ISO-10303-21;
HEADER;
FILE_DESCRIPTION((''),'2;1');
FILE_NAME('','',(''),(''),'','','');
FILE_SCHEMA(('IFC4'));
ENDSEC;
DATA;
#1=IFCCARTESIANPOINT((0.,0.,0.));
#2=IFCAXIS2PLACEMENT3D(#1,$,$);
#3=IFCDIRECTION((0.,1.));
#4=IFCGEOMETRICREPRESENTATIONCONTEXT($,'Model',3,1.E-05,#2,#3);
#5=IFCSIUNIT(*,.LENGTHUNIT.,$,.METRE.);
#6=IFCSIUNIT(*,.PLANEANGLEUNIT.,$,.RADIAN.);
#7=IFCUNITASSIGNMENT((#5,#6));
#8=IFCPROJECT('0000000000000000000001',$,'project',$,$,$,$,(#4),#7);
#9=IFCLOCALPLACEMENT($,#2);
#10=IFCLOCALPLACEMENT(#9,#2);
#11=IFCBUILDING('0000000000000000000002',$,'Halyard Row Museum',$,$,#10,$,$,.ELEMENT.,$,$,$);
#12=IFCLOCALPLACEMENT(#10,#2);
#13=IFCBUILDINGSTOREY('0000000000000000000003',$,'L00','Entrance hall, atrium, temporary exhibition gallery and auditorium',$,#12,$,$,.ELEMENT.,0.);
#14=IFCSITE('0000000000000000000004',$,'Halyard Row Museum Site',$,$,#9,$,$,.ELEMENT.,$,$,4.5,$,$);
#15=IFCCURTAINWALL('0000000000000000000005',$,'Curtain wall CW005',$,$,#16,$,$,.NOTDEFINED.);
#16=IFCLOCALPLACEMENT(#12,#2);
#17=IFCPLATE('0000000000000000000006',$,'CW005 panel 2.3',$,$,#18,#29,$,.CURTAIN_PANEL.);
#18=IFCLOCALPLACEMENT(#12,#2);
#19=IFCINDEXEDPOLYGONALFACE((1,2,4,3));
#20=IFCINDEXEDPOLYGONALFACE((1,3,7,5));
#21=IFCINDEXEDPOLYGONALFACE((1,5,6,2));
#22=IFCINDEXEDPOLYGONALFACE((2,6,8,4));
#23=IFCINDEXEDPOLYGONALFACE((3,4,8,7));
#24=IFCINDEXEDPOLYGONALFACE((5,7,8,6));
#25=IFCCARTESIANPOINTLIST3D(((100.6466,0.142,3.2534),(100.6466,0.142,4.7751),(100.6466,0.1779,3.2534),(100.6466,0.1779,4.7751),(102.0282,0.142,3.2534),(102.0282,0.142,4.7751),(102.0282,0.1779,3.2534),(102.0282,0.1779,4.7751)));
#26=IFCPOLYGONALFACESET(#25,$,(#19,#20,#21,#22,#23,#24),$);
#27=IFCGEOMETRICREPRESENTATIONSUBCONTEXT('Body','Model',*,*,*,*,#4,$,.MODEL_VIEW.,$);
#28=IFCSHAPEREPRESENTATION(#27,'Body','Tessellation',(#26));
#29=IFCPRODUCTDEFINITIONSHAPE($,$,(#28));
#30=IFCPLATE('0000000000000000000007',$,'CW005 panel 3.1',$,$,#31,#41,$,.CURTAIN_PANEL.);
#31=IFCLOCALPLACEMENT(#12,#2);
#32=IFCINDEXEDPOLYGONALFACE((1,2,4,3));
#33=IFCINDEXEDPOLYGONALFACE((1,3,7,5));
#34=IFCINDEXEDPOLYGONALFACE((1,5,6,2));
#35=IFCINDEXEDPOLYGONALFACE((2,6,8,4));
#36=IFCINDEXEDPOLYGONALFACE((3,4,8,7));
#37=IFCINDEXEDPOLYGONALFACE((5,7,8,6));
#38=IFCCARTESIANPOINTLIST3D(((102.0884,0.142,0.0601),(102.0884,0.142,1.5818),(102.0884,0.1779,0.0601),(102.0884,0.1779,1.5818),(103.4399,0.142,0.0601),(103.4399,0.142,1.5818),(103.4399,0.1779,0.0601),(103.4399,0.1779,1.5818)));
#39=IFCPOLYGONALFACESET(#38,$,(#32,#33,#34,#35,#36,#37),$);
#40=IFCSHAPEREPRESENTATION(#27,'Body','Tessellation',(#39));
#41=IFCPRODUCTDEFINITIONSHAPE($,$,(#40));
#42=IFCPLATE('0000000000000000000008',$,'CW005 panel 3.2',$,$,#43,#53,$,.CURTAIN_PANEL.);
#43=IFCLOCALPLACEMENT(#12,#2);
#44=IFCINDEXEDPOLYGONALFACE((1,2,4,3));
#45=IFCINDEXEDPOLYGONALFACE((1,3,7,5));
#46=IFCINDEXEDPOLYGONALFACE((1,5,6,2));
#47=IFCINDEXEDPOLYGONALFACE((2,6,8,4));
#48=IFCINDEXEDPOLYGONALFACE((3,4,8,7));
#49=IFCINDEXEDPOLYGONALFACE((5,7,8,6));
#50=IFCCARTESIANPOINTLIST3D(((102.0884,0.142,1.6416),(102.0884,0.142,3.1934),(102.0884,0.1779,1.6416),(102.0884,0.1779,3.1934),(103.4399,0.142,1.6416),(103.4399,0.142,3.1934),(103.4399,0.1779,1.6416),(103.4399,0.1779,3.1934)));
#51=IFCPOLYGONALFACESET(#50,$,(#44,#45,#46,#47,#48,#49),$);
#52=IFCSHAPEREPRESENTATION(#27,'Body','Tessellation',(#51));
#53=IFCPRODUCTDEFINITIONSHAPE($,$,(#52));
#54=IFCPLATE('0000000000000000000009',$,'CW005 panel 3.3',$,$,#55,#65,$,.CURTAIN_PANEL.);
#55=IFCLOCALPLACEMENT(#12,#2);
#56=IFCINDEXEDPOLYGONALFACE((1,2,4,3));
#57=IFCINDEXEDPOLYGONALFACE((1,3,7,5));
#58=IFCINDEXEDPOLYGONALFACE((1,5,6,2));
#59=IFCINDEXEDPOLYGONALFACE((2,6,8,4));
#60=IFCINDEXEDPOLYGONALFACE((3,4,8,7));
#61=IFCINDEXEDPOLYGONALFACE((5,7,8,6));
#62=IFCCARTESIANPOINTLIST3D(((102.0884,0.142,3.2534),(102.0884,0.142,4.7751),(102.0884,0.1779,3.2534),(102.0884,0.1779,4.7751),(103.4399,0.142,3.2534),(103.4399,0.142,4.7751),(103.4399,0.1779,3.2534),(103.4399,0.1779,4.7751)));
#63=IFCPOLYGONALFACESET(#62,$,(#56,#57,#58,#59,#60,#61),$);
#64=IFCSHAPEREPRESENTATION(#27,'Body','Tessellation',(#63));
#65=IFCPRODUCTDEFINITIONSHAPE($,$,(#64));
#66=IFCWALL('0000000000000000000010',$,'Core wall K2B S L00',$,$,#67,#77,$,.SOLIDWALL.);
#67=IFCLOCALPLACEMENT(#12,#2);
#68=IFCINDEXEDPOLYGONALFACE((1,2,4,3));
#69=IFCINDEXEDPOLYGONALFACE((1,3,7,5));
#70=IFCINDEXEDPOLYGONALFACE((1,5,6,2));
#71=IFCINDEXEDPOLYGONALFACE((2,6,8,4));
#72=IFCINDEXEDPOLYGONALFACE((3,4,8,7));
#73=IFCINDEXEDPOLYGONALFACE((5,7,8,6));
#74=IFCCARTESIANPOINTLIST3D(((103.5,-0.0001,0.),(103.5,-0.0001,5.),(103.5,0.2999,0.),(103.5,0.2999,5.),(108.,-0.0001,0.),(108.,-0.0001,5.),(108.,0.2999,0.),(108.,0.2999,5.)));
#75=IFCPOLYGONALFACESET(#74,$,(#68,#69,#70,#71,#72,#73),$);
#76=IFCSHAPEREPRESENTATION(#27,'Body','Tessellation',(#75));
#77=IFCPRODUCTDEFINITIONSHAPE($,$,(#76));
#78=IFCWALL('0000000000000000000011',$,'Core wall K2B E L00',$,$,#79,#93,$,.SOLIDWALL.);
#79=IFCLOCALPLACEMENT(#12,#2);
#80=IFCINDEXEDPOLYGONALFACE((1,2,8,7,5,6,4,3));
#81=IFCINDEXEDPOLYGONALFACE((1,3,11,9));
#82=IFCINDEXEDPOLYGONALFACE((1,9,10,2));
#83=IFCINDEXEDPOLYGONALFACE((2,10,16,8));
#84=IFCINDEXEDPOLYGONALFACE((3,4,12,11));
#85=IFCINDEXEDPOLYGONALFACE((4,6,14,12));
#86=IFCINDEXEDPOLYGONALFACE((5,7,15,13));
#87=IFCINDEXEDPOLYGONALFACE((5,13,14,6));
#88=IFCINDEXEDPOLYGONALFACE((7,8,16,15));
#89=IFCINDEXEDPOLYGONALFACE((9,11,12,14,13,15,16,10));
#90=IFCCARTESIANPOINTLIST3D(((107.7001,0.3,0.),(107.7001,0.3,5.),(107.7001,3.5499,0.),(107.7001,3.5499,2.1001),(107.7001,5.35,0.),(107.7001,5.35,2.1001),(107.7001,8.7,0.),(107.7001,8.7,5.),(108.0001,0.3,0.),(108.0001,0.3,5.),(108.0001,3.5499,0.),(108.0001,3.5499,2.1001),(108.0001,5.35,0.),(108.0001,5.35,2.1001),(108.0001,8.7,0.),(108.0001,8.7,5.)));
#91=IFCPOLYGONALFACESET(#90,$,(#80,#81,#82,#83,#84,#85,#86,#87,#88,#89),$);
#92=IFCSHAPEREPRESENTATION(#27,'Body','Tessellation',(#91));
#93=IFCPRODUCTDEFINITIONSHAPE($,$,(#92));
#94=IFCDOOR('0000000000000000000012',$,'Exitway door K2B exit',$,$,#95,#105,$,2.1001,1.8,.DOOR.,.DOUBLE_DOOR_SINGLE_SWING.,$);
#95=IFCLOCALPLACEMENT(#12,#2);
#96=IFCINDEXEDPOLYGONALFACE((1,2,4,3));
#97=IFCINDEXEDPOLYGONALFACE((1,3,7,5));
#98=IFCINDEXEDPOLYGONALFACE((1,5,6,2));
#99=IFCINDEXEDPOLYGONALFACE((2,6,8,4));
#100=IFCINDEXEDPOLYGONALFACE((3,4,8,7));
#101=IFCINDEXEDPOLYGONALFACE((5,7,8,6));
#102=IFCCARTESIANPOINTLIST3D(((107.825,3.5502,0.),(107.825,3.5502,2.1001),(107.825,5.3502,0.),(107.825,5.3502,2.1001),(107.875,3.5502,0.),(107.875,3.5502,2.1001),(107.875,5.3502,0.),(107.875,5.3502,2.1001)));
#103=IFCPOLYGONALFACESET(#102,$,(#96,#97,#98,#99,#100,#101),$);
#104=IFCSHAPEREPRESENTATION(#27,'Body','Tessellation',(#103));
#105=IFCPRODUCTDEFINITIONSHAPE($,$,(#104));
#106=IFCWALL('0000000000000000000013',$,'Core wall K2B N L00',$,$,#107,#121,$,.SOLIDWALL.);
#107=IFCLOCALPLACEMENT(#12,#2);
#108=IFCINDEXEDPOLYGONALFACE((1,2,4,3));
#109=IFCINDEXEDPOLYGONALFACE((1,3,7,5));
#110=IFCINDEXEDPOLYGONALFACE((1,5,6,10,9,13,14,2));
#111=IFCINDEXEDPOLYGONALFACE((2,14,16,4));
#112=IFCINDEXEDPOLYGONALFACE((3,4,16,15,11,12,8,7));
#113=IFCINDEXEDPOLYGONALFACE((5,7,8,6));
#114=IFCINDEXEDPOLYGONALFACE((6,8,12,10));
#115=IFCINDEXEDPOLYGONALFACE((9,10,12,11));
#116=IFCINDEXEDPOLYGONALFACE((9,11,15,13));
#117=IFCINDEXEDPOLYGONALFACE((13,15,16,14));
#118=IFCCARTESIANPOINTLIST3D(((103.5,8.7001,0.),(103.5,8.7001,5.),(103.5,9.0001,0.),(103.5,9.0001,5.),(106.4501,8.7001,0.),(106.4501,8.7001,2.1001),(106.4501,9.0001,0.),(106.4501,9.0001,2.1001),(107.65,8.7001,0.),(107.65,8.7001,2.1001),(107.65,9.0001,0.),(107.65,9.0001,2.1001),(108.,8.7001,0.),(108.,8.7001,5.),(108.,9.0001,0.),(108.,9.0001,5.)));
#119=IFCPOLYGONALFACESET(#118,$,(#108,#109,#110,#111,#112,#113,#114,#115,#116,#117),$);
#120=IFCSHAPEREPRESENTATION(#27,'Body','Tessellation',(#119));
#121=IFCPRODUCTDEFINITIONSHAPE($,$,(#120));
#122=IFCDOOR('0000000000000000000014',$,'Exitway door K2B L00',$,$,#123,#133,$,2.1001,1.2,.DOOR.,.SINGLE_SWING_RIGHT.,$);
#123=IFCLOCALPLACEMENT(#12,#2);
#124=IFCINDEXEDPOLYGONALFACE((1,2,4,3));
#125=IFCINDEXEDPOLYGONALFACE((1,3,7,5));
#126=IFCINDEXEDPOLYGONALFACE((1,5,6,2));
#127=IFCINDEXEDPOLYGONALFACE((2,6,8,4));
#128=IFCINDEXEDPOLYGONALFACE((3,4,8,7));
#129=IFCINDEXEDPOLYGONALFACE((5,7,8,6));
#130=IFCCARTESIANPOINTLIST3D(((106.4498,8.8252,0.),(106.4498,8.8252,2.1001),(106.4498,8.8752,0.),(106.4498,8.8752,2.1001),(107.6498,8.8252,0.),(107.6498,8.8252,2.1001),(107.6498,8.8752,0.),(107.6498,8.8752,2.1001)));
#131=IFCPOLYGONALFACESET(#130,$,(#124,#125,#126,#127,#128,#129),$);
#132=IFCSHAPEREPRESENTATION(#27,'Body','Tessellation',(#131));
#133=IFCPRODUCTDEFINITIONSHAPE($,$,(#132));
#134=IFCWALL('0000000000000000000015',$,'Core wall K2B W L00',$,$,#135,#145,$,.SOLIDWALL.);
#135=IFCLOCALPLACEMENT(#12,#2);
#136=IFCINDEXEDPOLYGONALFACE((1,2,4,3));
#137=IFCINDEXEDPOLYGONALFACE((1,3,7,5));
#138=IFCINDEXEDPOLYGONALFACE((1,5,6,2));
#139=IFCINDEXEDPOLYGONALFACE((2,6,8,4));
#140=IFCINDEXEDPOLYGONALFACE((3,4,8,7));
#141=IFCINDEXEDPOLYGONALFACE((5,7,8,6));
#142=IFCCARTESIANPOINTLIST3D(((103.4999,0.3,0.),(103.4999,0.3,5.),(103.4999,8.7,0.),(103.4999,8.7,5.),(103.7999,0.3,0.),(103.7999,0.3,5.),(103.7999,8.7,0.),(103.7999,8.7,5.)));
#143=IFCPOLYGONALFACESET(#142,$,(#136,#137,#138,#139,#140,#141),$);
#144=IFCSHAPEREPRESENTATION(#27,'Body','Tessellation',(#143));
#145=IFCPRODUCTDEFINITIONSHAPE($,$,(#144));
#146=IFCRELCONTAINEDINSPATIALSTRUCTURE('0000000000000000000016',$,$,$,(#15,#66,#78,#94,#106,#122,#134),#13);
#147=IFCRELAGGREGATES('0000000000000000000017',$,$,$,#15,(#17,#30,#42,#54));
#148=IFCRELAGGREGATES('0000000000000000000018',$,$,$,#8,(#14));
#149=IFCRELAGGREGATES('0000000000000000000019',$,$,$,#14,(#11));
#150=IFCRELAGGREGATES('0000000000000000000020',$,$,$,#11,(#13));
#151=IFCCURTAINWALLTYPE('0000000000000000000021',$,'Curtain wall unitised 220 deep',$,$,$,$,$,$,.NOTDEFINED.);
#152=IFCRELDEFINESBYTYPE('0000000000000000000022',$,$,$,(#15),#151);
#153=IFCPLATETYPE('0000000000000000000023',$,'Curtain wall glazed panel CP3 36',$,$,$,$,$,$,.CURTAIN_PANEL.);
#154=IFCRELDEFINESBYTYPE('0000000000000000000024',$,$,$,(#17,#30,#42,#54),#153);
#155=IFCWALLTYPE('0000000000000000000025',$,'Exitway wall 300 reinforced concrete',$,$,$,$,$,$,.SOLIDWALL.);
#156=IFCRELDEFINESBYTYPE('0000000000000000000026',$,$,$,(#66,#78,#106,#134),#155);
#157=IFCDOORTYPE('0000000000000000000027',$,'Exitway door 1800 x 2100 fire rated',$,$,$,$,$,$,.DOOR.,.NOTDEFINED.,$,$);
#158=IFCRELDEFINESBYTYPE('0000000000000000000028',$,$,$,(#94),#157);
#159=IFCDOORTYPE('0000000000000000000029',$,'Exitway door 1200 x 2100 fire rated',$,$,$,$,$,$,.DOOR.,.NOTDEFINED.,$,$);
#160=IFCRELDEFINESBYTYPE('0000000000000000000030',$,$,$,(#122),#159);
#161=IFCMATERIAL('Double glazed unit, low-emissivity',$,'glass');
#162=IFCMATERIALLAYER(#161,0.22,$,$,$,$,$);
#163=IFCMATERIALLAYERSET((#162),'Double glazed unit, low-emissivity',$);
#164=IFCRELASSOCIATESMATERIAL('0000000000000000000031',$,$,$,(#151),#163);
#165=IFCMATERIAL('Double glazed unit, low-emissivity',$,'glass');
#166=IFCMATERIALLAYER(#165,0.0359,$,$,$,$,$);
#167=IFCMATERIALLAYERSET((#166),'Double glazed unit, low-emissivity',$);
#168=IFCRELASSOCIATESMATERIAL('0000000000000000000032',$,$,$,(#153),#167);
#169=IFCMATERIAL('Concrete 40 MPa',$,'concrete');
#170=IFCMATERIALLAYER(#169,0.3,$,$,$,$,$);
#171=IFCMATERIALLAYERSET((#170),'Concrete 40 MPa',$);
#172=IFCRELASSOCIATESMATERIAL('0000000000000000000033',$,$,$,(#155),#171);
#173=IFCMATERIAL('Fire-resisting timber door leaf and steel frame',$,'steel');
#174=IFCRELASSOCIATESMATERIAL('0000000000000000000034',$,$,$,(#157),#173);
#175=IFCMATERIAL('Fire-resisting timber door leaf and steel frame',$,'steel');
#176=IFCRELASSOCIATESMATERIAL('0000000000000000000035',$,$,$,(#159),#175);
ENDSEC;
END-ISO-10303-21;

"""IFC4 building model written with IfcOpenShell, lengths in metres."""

from ifc_helpers import new_model, si_unit, direction, frame, frame_2d, origin, origin_2d, place, context, subcontext, project, spatial, rectangle, extrude, material, layer, layer_set, type_object, element, fill, aggregate, save


model = new_model("IFC4")

# Units and contexts
model_context = context("Model", 3, precision=1e-05, world=origin(), true_north=direction((0.0, 1.0)))
body_context = subcontext(model_context, "Body", "Model", "MODEL_VIEW")
ifc_project = project(units=[si_unit("LENGTHUNIT", "METRE"), si_unit("PLANEANGLEUNIT", "RADIAN")], contexts=[model_context])

# Site, building, storey
site_placement = place(None, origin())
site = spatial("IfcSite", under=ifc_project, at=site_placement, Name="Halyard Row Museum Site", CompositionType="ELEMENT", RefElevation=4.5)
building_placement = place(site_placement, origin())
building = spatial("IfcBuilding", under=site, at=building_placement, Name="Halyard Row Museum", CompositionType="ELEMENT")
storey_placement = place(building_placement, origin())
storey = spatial("IfcBuildingStorey", under=building, at=storey_placement, Name="L00", Description="Entrance hall, atrium, temporary exhibition gallery and auditorium", CompositionType="ELEMENT", Elevation=0.0)

# Curtain wall
ifc_material_1 = material(Name="Double glazed unit, low-emissivity", Category="glass")
ifc_layer_1 = layer(ifc_material_1, 0.22)
ifc_layer_set_1 = layer_set([ifc_layer_1], Name="Double glazed unit, low-emissivity")
curtain_wall_type = type_object("IfcCurtainWallType", Name="Curtain wall unitised 220 deep", PredefinedType="NOTDEFINED", material=ifc_layer_set_1)
curtain_wall_placement = place(storey_placement, origin())
curtain_wall = element("IfcCurtainWall", 1, at=curtain_wall_placement, inside=storey, type_object=curtain_wall_type, Name="Curtain wall CW005", PredefinedType="NOTDEFINED")

# Plates
ifc_material_2 = material(Name="Double glazed unit, low-emissivity", Category="glass")
ifc_layer_2 = layer(ifc_material_2, 0.0359)
ifc_layer_set_2 = layer_set([ifc_layer_2], Name="Double glazed unit, low-emissivity")
plate_type = type_object("IfcPlateType", Name="Curtain wall glazed panel CP3 36", PredefinedType="CURTAIN_PANEL", material=ifc_layer_set_2)
plate_1_placement = place(storey_placement, frame((101.3374, 0.1599, 3.2534), z_axis=(0.0, 0.0, 1.0), x_axis=(1.0, 0.0, 0.0)))
plate_1 = element("IfcPlate", 2, at=plate_1_placement, type_object=plate_type, Name="CW005 panel 2.3", PredefinedType="CURTAIN_PANEL", context=body_context, shape_type="SweptSolid", body=[
    extrude(rectangle(XDim=1.3816, YDim=0.0359, at=origin_2d()), origin(), (0.0, 0.0, 1.0), 1.5217),
])
plate_2_placement = place(storey_placement, frame((102.7642, 0.1599, 0.0601), z_axis=(0.0, 0.0, 1.0), x_axis=(1.0, 0.0, 0.0)))
plate_2 = element("IfcPlate", 3, at=plate_2_placement, type_object=plate_type, Name="CW005 panel 3.1", PredefinedType="CURTAIN_PANEL", context=body_context, shape_type="SweptSolid", body=[
    extrude(rectangle(XDim=1.3516, YDim=0.0359, at=origin_2d()), origin(), (0.0, 0.0, 1.0), 1.5217),
])
plate_3_placement = place(storey_placement, frame((102.7642, 0.1599, 1.6416), z_axis=(0.0, 0.0, 1.0), x_axis=(1.0, 0.0, 0.0)))
plate_3 = element("IfcPlate", 4, at=plate_3_placement, type_object=plate_type, Name="CW005 panel 3.2", PredefinedType="CURTAIN_PANEL", context=body_context, shape_type="SweptSolid", body=[
    extrude(rectangle(XDim=1.3516, YDim=0.0359, at=origin_2d()), origin(), (0.0, 0.0, 1.0), 1.5518),
])
plate_4_placement = place(storey_placement, frame((102.7642, 0.1599, 3.2534), z_axis=(0.0, 0.0, 1.0), x_axis=(1.0, 0.0, 0.0)))
plate_4 = element("IfcPlate", 5, at=plate_4_placement, type_object=plate_type, Name="CW005 panel 3.3", PredefinedType="CURTAIN_PANEL", context=body_context, shape_type="SweptSolid", body=[
    extrude(rectangle(XDim=1.3516, YDim=0.0359, at=origin_2d()), origin(), (0.0, 0.0, 1.0), 1.5217),
])
aggregate(curtain_wall, [plate_1, plate_2, plate_3, plate_4])

# Wall
ifc_material_3 = material(Name="Concrete 40 MPa", Category="concrete")
ifc_layer_3 = layer(ifc_material_3, 0.3)
ifc_layer_set_3 = layer_set([ifc_layer_3], Name="Concrete 40 MPa")
wall_type = type_object("IfcWallType", Name="Exitway wall 300 reinforced concrete", PredefinedType="SOLIDWALL", material=ifc_layer_set_3)
wall_1_placement = place(storey_placement, frame((103.5, 0.1499, 0.0), z_axis=(0.0, 0.0, 1.0), x_axis=(1.0, 0.0, 0.0)))
element("IfcWall", 6, at=wall_1_placement, inside=storey, type_object=wall_type, Name="Core wall K2B S L00", PredefinedType="SOLIDWALL", context=body_context, shape_type="SweptSolid", body=[
    extrude(rectangle(XDim=4.5, YDim=0.3, at=frame_2d((2.25, 0.0))), origin(), (0.0, 0.0, 1.0), 5.0),
])

# Walls, openings, doors
wall_2_placement = place(storey_placement, frame((107.8501, 0.3, 0.0), z_axis=(0.0, 0.0, 1.0), x_axis=(0.0, 1.0, 0.0)))
wall_2 = element("IfcWall", 7, at=wall_2_placement, inside=storey, type_object=wall_type, Name="Core wall K2B E L00", PredefinedType="SOLIDWALL", context=body_context, shape_type="SweptSolid", body=[
    extrude(rectangle(XDim=8.3999, YDim=0.3, at=frame_2d((4.2, 0.0))), origin(), (0.0, 0.0, 1.0), 5.0),
])
opening_1_placement = place(wall_2_placement, frame((3.25, 0.0, 0.0)))
opening_1 = element("IfcOpeningElement", 8, at=opening_1_placement, cuts=wall_2, PredefinedType="OPENING", context=body_context, shape_type="SweptSolid", body=[
    extrude(rectangle(XDim=1.8, YDim=2.1001, at=frame_2d((0.8999, 1.05))), frame((0.0, 0.1599, 0.0), z_axis=(0.0, -1.0, 0.0), x_axis=(1.0, 0.0, 0.0)), (0.0, 0.0, 1.0), 0.3201),
])
ifc_material_4 = material(Name="Fire-resisting timber door leaf and steel frame", Category="steel")
door_type_1 = type_object("IfcDoorType", Name="Exitway door 1800 x 2100 fire rated", OperationType="NOTDEFINED", PredefinedType="DOOR", material=ifc_material_4)
door_1_placement = place(opening_1_placement, frame((1.8, 0.0, 0.0), z_axis=(0.0, 0.0, 1.0), x_axis=(-1.0, 0.0, 0.0)))
door_1 = element("IfcDoor", 9, at=door_1_placement, inside=storey, type_object=door_type_1, Name="Exitway door K2B exit", OperationType="DOUBLE_DOOR_SINGLE_SWING", OverallHeight=2.1001, OverallWidth=1.8, PredefinedType="DOOR", context=body_context, shape_type="SweptSolid", body=[
    extrude(rectangle(XDim=1.8, YDim=2.1001, at=frame_2d((0.8999, 1.05))), frame((0.0, 0.0249, 0.0), z_axis=(0.0, -1.0, 0.0), x_axis=(1.0, 0.0, 0.0)), (0.0, 0.0, 1.0), 0.05),
])
fill(opening_1, door_1)
wall_3_placement = place(storey_placement, frame((103.5, 8.8501, 0.0), z_axis=(0.0, 0.0, 1.0), x_axis=(1.0, 0.0, 0.0)))
wall_3 = element("IfcWall", 10, at=wall_3_placement, inside=storey, type_object=wall_type, Name="Core wall K2B N L00", PredefinedType="SOLIDWALL", context=body_context, shape_type="SweptSolid", body=[
    extrude(rectangle(XDim=4.5, YDim=0.3, at=frame_2d((2.25, 0.0))), origin(), (0.0, 0.0, 1.0), 5.0),
])
opening_2_placement = place(wall_3_placement, frame((2.95, 0.0, 0.0)))
opening_2 = element("IfcOpeningElement", 11, at=opening_2_placement, cuts=wall_3, PredefinedType="OPENING", context=body_context, shape_type="SweptSolid", body=[
    extrude(rectangle(XDim=1.2, YDim=2.1001, at=frame_2d((0.6001, 1.05))), frame((0.0, 0.1599, 0.0), z_axis=(0.0, -1.0, 0.0), x_axis=(1.0, 0.0, 0.0)), (0.0, 0.0, 1.0), 0.3201),
])
ifc_material_5 = material(Name="Fire-resisting timber door leaf and steel frame", Category="steel")
door_type_2 = type_object("IfcDoorType", Name="Exitway door 1200 x 2100 fire rated", OperationType="NOTDEFINED", PredefinedType="DOOR", material=ifc_material_5)
door_2_placement = place(opening_2_placement, frame((1.2, 0.0, 0.0), z_axis=(0.0, 0.0, 1.0), x_axis=(-1.0, 0.0, 0.0)))
door_2 = element("IfcDoor", 12, at=door_2_placement, inside=storey, type_object=door_type_2, Name="Exitway door K2B L00", OperationType="SINGLE_SWING_RIGHT", OverallHeight=2.1001, OverallWidth=1.2, PredefinedType="DOOR", context=body_context, shape_type="SweptSolid", body=[
    extrude(rectangle(XDim=1.2, YDim=2.1001, at=frame_2d((0.6001, 1.05))), frame((0.0, 0.0249, 0.0), z_axis=(0.0, -1.0, 0.0), x_axis=(1.0, 0.0, 0.0)), (0.0, 0.0, 1.0), 0.05),
])
fill(opening_2, door_2)

# Wall
wall_4_placement = place(storey_placement, frame((103.6499, 0.3, 0.0), z_axis=(0.0, 0.0, 1.0), x_axis=(0.0, 1.0, 0.0)))
element("IfcWall", 13, at=wall_4_placement, inside=storey, type_object=wall_type, Name="Core wall K2B W L00", PredefinedType="SOLIDWALL", context=body_context, shape_type="SweptSolid", body=[
    extrude(rectangle(XDim=8.3999, YDim=0.3, at=frame_2d((4.2, 0.0))), origin(), (0.0, 0.0, 1.0), 5.0),
])

save(model, "model.ifc")
